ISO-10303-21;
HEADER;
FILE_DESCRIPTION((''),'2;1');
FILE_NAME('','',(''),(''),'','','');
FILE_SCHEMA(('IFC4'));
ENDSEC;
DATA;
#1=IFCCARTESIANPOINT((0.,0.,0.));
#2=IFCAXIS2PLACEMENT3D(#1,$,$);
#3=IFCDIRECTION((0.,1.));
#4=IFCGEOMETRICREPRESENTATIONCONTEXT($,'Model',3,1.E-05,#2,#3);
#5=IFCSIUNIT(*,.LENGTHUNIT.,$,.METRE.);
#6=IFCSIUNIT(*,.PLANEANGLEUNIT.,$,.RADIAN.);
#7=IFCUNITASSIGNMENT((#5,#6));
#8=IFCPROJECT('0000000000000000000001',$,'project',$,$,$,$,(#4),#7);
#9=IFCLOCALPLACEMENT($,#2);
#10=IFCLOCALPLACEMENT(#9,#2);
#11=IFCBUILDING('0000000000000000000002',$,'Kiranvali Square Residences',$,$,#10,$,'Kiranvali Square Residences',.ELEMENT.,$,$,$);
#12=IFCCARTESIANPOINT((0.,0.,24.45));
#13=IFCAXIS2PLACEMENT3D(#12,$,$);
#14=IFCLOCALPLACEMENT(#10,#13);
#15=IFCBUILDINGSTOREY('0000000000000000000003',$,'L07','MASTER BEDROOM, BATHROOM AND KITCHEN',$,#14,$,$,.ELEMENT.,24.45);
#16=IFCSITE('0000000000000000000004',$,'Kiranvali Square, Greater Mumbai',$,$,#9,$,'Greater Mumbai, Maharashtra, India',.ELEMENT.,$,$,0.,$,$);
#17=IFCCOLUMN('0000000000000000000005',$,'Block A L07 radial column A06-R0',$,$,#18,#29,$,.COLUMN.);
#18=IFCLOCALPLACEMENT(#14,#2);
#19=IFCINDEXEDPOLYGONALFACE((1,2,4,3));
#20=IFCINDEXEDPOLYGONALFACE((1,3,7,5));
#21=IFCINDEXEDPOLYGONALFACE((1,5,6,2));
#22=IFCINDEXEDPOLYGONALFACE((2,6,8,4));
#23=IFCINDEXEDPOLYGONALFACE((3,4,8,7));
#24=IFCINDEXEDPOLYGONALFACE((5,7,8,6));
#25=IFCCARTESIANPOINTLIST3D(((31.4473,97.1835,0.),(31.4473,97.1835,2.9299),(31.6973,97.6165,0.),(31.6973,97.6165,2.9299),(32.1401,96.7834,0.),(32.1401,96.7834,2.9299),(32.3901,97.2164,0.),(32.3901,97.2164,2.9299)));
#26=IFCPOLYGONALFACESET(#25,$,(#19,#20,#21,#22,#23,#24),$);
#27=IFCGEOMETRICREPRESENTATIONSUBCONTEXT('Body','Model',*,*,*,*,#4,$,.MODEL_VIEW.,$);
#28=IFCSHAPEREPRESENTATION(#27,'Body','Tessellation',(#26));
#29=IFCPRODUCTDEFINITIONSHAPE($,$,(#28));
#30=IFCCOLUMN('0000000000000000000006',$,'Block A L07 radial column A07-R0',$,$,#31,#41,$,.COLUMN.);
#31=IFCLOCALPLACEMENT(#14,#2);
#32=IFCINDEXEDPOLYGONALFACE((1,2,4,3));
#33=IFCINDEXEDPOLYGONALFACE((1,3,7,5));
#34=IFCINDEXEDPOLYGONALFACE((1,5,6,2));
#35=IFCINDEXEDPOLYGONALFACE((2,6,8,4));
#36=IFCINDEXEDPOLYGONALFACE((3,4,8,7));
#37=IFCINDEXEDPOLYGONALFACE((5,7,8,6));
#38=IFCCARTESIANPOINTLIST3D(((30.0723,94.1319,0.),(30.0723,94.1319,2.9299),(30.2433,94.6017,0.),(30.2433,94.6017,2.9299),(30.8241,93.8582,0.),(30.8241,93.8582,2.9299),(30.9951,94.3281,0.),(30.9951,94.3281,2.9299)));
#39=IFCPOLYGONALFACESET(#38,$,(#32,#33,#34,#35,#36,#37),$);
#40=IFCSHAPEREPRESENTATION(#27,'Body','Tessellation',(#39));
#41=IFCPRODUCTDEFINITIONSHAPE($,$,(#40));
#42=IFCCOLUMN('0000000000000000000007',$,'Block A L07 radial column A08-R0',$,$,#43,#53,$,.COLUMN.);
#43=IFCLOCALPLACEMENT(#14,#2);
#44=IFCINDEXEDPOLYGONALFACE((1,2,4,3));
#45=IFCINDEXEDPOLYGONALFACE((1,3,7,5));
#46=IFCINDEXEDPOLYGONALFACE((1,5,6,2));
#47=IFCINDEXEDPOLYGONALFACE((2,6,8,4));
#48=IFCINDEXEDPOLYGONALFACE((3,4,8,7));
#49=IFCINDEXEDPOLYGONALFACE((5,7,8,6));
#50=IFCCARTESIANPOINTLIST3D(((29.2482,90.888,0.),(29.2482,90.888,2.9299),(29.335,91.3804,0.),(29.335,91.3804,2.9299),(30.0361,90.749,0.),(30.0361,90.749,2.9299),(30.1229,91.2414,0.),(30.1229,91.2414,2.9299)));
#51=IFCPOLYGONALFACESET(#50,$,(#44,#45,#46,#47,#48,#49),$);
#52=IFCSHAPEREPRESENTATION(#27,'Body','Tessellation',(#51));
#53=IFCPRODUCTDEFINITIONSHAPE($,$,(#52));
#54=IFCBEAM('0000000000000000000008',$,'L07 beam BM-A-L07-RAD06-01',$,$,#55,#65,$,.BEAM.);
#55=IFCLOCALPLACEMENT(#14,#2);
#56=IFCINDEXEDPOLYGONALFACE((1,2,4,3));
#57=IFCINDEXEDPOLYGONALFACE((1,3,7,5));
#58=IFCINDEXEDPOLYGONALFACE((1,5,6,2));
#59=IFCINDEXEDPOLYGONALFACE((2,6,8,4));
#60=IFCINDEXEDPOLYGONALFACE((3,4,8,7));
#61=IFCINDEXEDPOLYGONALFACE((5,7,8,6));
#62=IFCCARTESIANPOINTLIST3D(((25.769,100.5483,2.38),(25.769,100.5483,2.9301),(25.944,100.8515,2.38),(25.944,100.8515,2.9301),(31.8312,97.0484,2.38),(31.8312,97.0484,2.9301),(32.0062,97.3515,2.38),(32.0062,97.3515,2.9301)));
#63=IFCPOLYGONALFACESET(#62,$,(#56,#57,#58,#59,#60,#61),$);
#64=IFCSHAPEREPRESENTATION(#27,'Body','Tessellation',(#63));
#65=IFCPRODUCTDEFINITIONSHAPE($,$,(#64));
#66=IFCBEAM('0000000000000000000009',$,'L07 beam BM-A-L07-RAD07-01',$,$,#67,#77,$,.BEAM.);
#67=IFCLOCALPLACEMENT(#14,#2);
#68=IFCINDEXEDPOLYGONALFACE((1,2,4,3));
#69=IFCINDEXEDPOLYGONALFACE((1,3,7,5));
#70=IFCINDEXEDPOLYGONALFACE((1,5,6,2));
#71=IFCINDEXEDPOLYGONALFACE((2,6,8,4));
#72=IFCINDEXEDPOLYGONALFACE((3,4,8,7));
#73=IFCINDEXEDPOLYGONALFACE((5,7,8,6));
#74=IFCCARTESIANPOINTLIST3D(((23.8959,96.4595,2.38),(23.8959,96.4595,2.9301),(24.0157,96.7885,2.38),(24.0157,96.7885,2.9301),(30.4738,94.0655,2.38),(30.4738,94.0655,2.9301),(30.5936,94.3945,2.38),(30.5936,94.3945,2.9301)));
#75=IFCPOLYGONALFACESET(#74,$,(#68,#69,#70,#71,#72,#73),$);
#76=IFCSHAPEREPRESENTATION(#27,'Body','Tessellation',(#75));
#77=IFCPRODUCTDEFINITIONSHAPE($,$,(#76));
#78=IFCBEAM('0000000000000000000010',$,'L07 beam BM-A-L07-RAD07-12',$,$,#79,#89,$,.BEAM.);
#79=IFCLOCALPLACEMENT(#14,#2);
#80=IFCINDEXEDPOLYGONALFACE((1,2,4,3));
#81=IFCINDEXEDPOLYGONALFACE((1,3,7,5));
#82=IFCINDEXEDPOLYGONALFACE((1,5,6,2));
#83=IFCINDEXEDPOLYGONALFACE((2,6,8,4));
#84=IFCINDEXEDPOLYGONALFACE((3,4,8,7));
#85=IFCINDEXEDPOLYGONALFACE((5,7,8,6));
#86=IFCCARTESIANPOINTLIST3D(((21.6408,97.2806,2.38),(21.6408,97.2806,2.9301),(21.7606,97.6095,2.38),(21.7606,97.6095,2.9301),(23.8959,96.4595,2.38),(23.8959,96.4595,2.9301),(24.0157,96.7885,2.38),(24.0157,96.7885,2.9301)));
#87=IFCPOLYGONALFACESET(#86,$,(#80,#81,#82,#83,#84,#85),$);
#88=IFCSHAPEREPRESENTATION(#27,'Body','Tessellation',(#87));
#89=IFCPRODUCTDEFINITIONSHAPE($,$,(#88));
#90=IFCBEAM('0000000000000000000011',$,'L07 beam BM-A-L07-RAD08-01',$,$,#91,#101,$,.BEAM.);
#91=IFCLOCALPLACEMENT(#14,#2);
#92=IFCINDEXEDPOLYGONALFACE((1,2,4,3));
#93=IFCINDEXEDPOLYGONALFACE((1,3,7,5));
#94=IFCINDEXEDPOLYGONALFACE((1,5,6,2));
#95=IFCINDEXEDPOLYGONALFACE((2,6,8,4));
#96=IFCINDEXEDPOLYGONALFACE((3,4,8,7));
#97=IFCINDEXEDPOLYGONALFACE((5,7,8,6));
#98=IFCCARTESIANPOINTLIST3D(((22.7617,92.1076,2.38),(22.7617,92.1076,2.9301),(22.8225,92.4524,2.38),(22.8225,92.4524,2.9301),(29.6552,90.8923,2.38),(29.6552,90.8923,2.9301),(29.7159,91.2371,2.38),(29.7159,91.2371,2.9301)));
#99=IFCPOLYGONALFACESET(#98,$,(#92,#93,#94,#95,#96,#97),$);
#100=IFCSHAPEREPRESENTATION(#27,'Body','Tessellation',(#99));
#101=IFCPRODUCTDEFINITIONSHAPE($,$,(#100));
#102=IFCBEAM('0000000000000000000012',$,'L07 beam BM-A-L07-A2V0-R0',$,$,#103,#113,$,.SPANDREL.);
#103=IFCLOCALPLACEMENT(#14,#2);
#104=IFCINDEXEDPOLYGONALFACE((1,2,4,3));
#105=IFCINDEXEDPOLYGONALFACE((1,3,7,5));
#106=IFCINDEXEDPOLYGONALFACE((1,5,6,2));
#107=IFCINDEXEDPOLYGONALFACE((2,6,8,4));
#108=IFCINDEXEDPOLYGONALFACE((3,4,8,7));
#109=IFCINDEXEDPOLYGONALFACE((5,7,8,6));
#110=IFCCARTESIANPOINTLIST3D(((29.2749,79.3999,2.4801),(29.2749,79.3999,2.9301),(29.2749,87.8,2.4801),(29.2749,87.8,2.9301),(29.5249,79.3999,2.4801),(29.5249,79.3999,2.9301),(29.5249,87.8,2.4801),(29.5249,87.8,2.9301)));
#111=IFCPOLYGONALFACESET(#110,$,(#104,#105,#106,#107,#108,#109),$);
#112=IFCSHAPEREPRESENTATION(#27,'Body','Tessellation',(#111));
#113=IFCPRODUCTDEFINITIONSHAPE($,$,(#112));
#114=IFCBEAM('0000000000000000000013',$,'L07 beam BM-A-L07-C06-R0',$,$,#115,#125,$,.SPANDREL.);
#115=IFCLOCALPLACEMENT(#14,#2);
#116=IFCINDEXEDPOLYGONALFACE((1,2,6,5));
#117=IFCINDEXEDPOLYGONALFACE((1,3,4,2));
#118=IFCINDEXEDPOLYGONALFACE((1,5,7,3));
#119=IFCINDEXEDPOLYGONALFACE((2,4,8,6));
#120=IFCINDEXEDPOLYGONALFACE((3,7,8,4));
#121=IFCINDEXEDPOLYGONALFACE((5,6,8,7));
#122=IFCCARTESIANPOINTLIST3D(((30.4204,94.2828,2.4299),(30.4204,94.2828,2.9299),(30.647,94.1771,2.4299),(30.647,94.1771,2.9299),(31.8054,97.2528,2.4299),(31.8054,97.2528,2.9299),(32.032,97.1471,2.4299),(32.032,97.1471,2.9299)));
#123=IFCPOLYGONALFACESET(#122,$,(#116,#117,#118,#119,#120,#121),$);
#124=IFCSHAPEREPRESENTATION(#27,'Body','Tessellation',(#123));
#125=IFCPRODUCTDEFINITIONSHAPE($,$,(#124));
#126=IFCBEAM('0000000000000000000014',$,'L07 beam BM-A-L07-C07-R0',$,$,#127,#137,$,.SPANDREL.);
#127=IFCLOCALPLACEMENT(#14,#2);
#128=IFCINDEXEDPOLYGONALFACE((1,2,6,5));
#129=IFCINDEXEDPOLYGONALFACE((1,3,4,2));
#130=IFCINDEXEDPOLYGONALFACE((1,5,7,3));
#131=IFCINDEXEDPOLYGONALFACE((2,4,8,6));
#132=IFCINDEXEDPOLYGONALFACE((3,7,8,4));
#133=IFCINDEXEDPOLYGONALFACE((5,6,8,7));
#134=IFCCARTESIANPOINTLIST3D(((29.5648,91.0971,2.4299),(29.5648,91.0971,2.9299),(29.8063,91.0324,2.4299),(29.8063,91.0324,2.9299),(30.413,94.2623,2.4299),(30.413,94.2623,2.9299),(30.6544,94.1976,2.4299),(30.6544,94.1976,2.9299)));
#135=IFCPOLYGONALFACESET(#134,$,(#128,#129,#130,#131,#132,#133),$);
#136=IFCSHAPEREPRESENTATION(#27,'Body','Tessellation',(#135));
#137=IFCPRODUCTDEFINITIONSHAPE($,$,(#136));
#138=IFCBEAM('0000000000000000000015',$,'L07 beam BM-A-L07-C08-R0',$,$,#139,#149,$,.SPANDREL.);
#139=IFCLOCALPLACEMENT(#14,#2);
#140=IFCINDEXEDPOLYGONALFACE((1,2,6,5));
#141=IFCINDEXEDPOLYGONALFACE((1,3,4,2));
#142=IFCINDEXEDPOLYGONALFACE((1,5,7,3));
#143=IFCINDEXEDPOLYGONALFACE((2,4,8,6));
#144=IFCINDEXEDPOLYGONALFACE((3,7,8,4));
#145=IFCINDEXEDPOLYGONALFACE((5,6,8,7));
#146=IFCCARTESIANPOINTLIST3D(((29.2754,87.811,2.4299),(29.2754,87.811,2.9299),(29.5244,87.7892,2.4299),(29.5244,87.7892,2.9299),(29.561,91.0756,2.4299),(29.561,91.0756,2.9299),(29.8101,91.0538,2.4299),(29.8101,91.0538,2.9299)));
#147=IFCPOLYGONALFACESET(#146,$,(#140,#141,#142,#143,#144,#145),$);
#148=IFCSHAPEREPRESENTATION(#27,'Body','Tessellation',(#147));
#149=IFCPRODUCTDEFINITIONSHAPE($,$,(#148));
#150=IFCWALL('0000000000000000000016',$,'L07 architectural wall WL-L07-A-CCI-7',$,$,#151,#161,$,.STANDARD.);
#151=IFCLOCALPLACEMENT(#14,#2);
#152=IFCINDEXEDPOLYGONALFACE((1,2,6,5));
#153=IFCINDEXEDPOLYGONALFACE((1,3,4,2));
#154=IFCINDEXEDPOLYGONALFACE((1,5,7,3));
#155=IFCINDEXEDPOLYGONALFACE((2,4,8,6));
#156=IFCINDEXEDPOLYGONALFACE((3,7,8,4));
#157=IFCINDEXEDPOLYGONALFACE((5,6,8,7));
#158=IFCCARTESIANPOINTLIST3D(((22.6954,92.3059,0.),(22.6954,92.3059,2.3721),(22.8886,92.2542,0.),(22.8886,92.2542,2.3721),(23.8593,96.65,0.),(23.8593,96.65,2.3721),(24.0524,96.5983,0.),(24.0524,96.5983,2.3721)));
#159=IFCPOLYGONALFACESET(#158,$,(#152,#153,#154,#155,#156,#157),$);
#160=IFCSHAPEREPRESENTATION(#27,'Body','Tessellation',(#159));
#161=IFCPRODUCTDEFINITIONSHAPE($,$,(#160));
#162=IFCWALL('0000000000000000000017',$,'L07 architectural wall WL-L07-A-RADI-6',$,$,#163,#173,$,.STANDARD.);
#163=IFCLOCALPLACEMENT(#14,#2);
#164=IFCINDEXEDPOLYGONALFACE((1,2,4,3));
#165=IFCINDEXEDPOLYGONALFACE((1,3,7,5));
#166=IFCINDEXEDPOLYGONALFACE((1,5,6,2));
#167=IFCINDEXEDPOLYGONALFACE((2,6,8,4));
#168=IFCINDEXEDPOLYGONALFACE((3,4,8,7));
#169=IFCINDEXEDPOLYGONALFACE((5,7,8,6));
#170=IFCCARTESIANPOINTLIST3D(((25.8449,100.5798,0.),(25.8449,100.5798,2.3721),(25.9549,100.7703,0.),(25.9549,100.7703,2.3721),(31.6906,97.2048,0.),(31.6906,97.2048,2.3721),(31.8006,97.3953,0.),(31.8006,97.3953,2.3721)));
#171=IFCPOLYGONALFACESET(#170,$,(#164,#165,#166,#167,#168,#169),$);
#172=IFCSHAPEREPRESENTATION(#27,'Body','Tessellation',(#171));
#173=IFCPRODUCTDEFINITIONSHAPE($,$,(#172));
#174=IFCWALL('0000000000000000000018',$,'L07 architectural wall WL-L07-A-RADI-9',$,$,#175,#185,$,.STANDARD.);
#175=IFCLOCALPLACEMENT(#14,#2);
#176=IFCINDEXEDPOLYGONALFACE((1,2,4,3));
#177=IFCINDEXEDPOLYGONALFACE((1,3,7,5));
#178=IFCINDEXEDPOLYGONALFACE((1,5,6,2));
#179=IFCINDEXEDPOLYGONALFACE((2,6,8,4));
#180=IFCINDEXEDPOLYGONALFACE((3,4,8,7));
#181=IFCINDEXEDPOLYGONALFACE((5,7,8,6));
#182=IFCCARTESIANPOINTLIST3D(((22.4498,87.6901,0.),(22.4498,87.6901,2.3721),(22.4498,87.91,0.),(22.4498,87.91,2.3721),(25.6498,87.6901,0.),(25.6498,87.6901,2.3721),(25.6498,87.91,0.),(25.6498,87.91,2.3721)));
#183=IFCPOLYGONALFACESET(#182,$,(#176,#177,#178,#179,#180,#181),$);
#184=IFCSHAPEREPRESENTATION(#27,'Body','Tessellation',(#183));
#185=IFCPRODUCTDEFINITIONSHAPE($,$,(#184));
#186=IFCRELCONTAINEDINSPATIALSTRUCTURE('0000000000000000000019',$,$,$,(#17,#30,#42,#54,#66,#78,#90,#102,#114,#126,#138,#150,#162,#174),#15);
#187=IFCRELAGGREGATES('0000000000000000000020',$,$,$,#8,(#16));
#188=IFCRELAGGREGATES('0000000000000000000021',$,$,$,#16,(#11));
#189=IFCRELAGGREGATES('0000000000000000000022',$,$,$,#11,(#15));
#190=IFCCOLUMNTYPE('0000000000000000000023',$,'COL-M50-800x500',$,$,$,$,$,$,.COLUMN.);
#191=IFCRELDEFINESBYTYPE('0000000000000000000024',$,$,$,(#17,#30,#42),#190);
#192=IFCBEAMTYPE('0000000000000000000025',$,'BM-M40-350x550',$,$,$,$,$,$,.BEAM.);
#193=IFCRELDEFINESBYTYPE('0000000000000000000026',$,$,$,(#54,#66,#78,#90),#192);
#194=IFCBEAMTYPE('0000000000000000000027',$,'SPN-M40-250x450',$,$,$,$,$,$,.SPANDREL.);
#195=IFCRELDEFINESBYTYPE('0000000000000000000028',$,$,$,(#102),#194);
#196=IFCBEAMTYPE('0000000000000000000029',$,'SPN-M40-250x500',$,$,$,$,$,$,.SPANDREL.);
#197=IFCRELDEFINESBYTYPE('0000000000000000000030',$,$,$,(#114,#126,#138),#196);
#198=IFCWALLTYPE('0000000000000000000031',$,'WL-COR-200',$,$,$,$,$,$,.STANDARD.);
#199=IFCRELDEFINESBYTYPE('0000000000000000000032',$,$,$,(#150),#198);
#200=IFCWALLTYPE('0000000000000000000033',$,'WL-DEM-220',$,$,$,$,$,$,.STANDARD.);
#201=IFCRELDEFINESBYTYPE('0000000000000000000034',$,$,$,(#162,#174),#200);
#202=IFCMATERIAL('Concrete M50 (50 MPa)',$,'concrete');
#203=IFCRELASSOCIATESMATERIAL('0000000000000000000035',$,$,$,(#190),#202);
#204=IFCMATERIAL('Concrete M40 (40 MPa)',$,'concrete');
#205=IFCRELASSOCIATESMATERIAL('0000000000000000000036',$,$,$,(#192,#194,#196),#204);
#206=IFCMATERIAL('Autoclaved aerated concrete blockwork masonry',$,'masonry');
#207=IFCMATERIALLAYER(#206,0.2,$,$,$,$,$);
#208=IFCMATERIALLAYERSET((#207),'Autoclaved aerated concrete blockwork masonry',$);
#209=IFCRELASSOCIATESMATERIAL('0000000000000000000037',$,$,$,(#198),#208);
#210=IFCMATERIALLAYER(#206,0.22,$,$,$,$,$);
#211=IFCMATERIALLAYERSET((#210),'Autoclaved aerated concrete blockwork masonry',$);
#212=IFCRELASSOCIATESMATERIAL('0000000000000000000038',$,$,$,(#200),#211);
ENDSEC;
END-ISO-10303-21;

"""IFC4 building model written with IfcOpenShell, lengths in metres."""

from ifc_helpers import new_model, si_unit, direction, frame, frame_2d, origin, origin_2d, place, context, subcontext, project, spatial, rectangle, extrude, material, layer, layer_set, material_profile, profile_set, type_object, element, save


model = new_model("IFC4")

# Units and contexts
model_context = context("Model", 3, precision=1e-05, world=origin(), true_north=direction((0.0, 1.0)))
body_context = subcontext(model_context, "Body", "Model", "MODEL_VIEW")
ifc_project = project(units=[si_unit("LENGTHUNIT", "METRE"), si_unit("PLANEANGLEUNIT", "RADIAN")], contexts=[model_context])

# Site, building, storey
site_placement = place(None, origin())
site = spatial("IfcSite", under=ifc_project, at=site_placement, Name="Kiranvali Square, Greater Mumbai", LongName="Greater Mumbai, Maharashtra, India", CompositionType="ELEMENT", RefElevation=0.0)
building_placement = place(site_placement, origin())
building = spatial("IfcBuilding", under=site, at=building_placement, Name="Kiranvali Square Residences", LongName="Kiranvali Square Residences", CompositionType="ELEMENT")
storey_placement = place(building_placement, frame((0.0, 0.0, 24.45)))
storey = spatial("IfcBuildingStorey", under=building, at=storey_placement, Name="L07", Description="MASTER BEDROOM, BATHROOM AND KITCHEN", CompositionType="ELEMENT", Elevation=24.45)

# Columns
ifc_material_1 = material(Name="Concrete M50 (50 MPa)", Category="concrete")
ifc_material_profile_1 = material_profile(ifc_material_1, rectangle(XDim=0.5, YDim=0.8, at=origin_2d()), Name="RC 800x500")
ifc_profile_set_1 = profile_set([ifc_material_profile_1], Name="Concrete M50 (50 MPa)")
column_type = type_object("IfcColumnType", Name="COL-M50-800x500", PredefinedType="COLUMN", material=ifc_profile_set_1)
for number, where, z_axis, x_axis, name in (
    (1, (31.9187, 97.2, 0.0), (0.0, 0.0, 1.0), (0.5, 0.866025, 0.0), "Block A L07 radial column A06-R0"),
    (2, (30.5337, 94.23, 0.0), (0.0, 0.0, 1.0), (0.34202, 0.939693, 0.0), "Block A L07 radial column A07-R0"),
    (3, (29.6855, 91.0647, 0.0), (0.0, 0.0, 1.0), (0.173648, 0.984808, 0.0), "Block A L07 radial column A08-R0"),
):
    element("IfcColumn", number, at=place(storey_placement, frame(where, z_axis=z_axis, x_axis=x_axis)), inside=storey, type_object=column_type, Name=name, PredefinedType="COLUMN", context=body_context, shape_type="SweptSolid", body=[
        extrude(rectangle(XDim=0.5, YDim=0.8, at=origin_2d()), origin(), (0.0, 0.0, 1.0), 2.9299),
    ])

# Beams
ifc_material_2 = material(Name="Concrete M40 (40 MPa)", Category="concrete")
ifc_material_profile_2 = material_profile(ifc_material_2, rectangle(XDim=0.3501, YDim=0.55, at=origin_2d()), Name="RC 350x550")
ifc_profile_set_2 = profile_set([ifc_material_profile_2], Name="Concrete M40 (40 MPa)")
beam_type_1 = type_object("IfcBeamType", Name="BM-M40-350x550", PredefinedType="BEAM", material=ifc_profile_set_2)
for number, where, z_axis, x_axis, name in (
    (4, (31.9187, 97.2, 2.655), (-0.866028, 0.499995, 0.0), (-0.499995, -0.866028, 0.0), "L07 beam BM-A-L07-RAD06-01"),
    (5, (30.5337, 94.23, 2.655), (-0.939698, 0.342006, 0.0), (-0.342006, -0.939698, 0.0), "L07 beam BM-A-L07-RAD07-01"),
):
    element("IfcBeam", number, at=place(storey_placement, frame(where, z_axis=z_axis, x_axis=x_axis)), inside=storey, type_object=beam_type_1, Name=name, PredefinedType="BEAM", context=body_context, shape_type="SweptSolid", body=[
        extrude(rectangle(XDim=0.3501, YDim=0.55, at=origin_2d()), origin(), (0.0, 0.0, 1.0), 7.0),
    ])
beam_1_placement = place(storey_placement, frame((23.9558, 96.624, 2.655), z_axis=(-0.93966, 0.342111, 0.0), x_axis=(-0.342111, -0.93966, 0.0)))
element("IfcBeam", 6, at=beam_1_placement, inside=storey, type_object=beam_type_1, Name="L07 beam BM-A-L07-RAD07-12", PredefinedType="BEAM", context=body_context, shape_type="SweptSolid", body=[
    extrude(rectangle(XDim=0.3501, YDim=0.55, at=origin_2d()), origin(), (0.0, 0.0, 1.0), 2.3999),
])
beam_2_placement = place(storey_placement, frame((29.6855, 91.0647, 2.655), z_axis=(-0.984812, 0.173622, 0.0), x_axis=(-0.173622, -0.984812, 0.0)))
element("IfcBeam", 7, at=beam_2_placement, inside=storey, type_object=beam_type_1, Name="L07 beam BM-A-L07-RAD08-01", PredefinedType="BEAM", context=body_context, shape_type="SweptSolid", body=[
    extrude(rectangle(XDim=0.3501, YDim=0.55, at=origin_2d()), origin(), (0.0, 0.0, 1.0), 6.9998),
])
ifc_material_profile_3 = material_profile(ifc_material_2, rectangle(XDim=0.25, YDim=0.45, at=origin_2d()), Name="RC 250x450")
ifc_profile_set_3 = profile_set([ifc_material_profile_3], Name="Concrete M40 (40 MPa)")
beam_type_2 = type_object("IfcBeamType", Name="SPN-M40-250x450", PredefinedType="SPANDREL", material=ifc_profile_set_3)
beam_3_placement = place(storey_placement, frame((29.3999, 87.8, 2.7051), z_axis=(0.0, -1.0, 0.0), x_axis=(1.0, 0.0, 0.0)))
element("IfcBeam", 8, at=beam_3_placement, inside=storey, type_object=beam_type_2, Name="L07 beam BM-A-L07-A2V0-R0", PredefinedType="SPANDREL", context=body_context, shape_type="SweptSolid", body=[
    extrude(rectangle(XDim=0.25, YDim=0.45, at=origin_2d()), origin(), (0.0, 0.0, 1.0), 8.4001),
])
ifc_material_profile_4 = material_profile(ifc_material_2, rectangle(XDim=0.25, YDim=0.5, at=origin_2d()), Name="RC 250x500")
ifc_profile_set_4 = profile_set([ifc_material_profile_4], Name="Concrete M40 (40 MPa)")
beam_type_3 = type_object("IfcBeamType", Name="SPN-M40-250x500", PredefinedType="SPANDREL", material=ifc_profile_set_4)
beam_4_placement = place(storey_placement, frame((31.9187, 97.2, 2.6799), z_axis=(-0.422641, -0.906297, 0.0), x_axis=(0.906297, -0.422641, 0.0)))
element("IfcBeam", 9, at=beam_4_placement, inside=storey, type_object=beam_type_3, Name="L07 beam BM-A-L07-C06-R0", PredefinedType="SPANDREL", context=body_context, shape_type="SweptSolid", body=[
    extrude(rectangle(XDim=0.25, YDim=0.5, at=origin_2d()), origin(), (0.0, 0.0, 1.0), 3.2771),
])
beam_5_placement = place(storey_placement, frame((30.5337, 94.23, 2.6799), z_axis=(-0.258822, -0.965925, 0.0), x_axis=(0.965925, -0.258822, 0.0)))
element("IfcBeam", 10, at=beam_5_placement, inside=storey, type_object=beam_type_3, Name="L07 beam BM-A-L07-C07-R0", PredefinedType="SPANDREL", context=body_context, shape_type="SweptSolid", body=[
    extrude(rectangle(XDim=0.25, YDim=0.5, at=origin_2d()), origin(), (0.0, 0.0, 1.0), 3.2769),
])
beam_6_placement = place(storey_placement, frame((29.6855, 91.0647, 2.6799), z_axis=(-0.087163, -0.996194, 0.0), x_axis=(0.996194, -0.087163, 0.0)))
element("IfcBeam", 11, at=beam_6_placement, inside=storey, type_object=beam_type_3, Name="L07 beam BM-A-L07-C08-R0", PredefinedType="SPANDREL", context=body_context, shape_type="SweptSolid", body=[
    extrude(rectangle(XDim=0.25, YDim=0.5, at=origin_2d()), origin(), (0.0, 0.0, 1.0), 3.2771),
])

# Walls
ifc_material_3 = material(Name="Autoclaved aerated concrete blockwork masonry", Category="masonry")
ifc_layer_1 = layer(ifc_material_3, 0.2)
ifc_layer_set_1 = layer_set([ifc_layer_1], Name="Autoclaved aerated concrete blockwork masonry")
wall_type_1 = type_object("IfcWallType", Name="WL-COR-200", PredefinedType="STANDARD", material=ifc_layer_set_1)
wall_1_placement = place(storey_placement, frame((23.9558, 96.624, 0.0), z_axis=(0.0, 0.0, 1.0), x_axis=(-0.258788, -0.965934, 0.0)))
element("IfcWall", 12, at=wall_1_placement, inside=storey, type_object=wall_type_1, Name="L07 architectural wall WL-L07-A-CCI-7", PredefinedType="STANDARD", context=body_context, shape_type="SweptSolid", body=[
    extrude(rectangle(XDim=4.4973, YDim=0.2, at=frame_2d((2.2485, 0.0))), origin(), (0.0, 0.0, 1.0), 2.3721),
])
ifc_layer_2 = layer(ifc_material_3, 0.22)
ifc_layer_set_2 = layer_set([ifc_layer_2], Name="Autoclaved aerated concrete blockwork masonry")
wall_type_2 = type_object("IfcWallType", Name="WL-DEM-220", PredefinedType="STANDARD", material=ifc_layer_set_2)
wall_2_placement = place(storey_placement, frame((31.7456, 97.3, 0.0), z_axis=(0.0, 0.0, 1.0), x_axis=(-0.866027, 0.499998, 0.0)))
element("IfcWall", 13, at=wall_2_placement, inside=storey, type_object=wall_type_2, Name="L07 architectural wall WL-L07-A-RADI-6", PredefinedType="STANDARD", context=body_context, shape_type="SweptSolid", body=[
    extrude(rectangle(XDim=6.75, YDim=0.22, at=frame_2d((3.375, 0.0))), origin(), (0.0, 0.0, 1.0), 2.3721),
])
wall_3_placement = place(storey_placement, frame((25.6499, 87.8, 0.0), z_axis=(0.0, 0.0, 1.0), x_axis=(-1.0, 0.0, 0.0)))
element("IfcWall", 14, at=wall_3_placement, inside=storey, type_object=wall_type_2, Name="L07 architectural wall WL-L07-A-RADI-9", PredefinedType="STANDARD", context=body_context, shape_type="SweptSolid", body=[
    extrude(rectangle(XDim=3.2, YDim=0.22, at=frame_2d((1.6001, 0.0))), origin(), (0.0, 0.0, 1.0), 2.3721),
])

save(model, "model.ifc")
